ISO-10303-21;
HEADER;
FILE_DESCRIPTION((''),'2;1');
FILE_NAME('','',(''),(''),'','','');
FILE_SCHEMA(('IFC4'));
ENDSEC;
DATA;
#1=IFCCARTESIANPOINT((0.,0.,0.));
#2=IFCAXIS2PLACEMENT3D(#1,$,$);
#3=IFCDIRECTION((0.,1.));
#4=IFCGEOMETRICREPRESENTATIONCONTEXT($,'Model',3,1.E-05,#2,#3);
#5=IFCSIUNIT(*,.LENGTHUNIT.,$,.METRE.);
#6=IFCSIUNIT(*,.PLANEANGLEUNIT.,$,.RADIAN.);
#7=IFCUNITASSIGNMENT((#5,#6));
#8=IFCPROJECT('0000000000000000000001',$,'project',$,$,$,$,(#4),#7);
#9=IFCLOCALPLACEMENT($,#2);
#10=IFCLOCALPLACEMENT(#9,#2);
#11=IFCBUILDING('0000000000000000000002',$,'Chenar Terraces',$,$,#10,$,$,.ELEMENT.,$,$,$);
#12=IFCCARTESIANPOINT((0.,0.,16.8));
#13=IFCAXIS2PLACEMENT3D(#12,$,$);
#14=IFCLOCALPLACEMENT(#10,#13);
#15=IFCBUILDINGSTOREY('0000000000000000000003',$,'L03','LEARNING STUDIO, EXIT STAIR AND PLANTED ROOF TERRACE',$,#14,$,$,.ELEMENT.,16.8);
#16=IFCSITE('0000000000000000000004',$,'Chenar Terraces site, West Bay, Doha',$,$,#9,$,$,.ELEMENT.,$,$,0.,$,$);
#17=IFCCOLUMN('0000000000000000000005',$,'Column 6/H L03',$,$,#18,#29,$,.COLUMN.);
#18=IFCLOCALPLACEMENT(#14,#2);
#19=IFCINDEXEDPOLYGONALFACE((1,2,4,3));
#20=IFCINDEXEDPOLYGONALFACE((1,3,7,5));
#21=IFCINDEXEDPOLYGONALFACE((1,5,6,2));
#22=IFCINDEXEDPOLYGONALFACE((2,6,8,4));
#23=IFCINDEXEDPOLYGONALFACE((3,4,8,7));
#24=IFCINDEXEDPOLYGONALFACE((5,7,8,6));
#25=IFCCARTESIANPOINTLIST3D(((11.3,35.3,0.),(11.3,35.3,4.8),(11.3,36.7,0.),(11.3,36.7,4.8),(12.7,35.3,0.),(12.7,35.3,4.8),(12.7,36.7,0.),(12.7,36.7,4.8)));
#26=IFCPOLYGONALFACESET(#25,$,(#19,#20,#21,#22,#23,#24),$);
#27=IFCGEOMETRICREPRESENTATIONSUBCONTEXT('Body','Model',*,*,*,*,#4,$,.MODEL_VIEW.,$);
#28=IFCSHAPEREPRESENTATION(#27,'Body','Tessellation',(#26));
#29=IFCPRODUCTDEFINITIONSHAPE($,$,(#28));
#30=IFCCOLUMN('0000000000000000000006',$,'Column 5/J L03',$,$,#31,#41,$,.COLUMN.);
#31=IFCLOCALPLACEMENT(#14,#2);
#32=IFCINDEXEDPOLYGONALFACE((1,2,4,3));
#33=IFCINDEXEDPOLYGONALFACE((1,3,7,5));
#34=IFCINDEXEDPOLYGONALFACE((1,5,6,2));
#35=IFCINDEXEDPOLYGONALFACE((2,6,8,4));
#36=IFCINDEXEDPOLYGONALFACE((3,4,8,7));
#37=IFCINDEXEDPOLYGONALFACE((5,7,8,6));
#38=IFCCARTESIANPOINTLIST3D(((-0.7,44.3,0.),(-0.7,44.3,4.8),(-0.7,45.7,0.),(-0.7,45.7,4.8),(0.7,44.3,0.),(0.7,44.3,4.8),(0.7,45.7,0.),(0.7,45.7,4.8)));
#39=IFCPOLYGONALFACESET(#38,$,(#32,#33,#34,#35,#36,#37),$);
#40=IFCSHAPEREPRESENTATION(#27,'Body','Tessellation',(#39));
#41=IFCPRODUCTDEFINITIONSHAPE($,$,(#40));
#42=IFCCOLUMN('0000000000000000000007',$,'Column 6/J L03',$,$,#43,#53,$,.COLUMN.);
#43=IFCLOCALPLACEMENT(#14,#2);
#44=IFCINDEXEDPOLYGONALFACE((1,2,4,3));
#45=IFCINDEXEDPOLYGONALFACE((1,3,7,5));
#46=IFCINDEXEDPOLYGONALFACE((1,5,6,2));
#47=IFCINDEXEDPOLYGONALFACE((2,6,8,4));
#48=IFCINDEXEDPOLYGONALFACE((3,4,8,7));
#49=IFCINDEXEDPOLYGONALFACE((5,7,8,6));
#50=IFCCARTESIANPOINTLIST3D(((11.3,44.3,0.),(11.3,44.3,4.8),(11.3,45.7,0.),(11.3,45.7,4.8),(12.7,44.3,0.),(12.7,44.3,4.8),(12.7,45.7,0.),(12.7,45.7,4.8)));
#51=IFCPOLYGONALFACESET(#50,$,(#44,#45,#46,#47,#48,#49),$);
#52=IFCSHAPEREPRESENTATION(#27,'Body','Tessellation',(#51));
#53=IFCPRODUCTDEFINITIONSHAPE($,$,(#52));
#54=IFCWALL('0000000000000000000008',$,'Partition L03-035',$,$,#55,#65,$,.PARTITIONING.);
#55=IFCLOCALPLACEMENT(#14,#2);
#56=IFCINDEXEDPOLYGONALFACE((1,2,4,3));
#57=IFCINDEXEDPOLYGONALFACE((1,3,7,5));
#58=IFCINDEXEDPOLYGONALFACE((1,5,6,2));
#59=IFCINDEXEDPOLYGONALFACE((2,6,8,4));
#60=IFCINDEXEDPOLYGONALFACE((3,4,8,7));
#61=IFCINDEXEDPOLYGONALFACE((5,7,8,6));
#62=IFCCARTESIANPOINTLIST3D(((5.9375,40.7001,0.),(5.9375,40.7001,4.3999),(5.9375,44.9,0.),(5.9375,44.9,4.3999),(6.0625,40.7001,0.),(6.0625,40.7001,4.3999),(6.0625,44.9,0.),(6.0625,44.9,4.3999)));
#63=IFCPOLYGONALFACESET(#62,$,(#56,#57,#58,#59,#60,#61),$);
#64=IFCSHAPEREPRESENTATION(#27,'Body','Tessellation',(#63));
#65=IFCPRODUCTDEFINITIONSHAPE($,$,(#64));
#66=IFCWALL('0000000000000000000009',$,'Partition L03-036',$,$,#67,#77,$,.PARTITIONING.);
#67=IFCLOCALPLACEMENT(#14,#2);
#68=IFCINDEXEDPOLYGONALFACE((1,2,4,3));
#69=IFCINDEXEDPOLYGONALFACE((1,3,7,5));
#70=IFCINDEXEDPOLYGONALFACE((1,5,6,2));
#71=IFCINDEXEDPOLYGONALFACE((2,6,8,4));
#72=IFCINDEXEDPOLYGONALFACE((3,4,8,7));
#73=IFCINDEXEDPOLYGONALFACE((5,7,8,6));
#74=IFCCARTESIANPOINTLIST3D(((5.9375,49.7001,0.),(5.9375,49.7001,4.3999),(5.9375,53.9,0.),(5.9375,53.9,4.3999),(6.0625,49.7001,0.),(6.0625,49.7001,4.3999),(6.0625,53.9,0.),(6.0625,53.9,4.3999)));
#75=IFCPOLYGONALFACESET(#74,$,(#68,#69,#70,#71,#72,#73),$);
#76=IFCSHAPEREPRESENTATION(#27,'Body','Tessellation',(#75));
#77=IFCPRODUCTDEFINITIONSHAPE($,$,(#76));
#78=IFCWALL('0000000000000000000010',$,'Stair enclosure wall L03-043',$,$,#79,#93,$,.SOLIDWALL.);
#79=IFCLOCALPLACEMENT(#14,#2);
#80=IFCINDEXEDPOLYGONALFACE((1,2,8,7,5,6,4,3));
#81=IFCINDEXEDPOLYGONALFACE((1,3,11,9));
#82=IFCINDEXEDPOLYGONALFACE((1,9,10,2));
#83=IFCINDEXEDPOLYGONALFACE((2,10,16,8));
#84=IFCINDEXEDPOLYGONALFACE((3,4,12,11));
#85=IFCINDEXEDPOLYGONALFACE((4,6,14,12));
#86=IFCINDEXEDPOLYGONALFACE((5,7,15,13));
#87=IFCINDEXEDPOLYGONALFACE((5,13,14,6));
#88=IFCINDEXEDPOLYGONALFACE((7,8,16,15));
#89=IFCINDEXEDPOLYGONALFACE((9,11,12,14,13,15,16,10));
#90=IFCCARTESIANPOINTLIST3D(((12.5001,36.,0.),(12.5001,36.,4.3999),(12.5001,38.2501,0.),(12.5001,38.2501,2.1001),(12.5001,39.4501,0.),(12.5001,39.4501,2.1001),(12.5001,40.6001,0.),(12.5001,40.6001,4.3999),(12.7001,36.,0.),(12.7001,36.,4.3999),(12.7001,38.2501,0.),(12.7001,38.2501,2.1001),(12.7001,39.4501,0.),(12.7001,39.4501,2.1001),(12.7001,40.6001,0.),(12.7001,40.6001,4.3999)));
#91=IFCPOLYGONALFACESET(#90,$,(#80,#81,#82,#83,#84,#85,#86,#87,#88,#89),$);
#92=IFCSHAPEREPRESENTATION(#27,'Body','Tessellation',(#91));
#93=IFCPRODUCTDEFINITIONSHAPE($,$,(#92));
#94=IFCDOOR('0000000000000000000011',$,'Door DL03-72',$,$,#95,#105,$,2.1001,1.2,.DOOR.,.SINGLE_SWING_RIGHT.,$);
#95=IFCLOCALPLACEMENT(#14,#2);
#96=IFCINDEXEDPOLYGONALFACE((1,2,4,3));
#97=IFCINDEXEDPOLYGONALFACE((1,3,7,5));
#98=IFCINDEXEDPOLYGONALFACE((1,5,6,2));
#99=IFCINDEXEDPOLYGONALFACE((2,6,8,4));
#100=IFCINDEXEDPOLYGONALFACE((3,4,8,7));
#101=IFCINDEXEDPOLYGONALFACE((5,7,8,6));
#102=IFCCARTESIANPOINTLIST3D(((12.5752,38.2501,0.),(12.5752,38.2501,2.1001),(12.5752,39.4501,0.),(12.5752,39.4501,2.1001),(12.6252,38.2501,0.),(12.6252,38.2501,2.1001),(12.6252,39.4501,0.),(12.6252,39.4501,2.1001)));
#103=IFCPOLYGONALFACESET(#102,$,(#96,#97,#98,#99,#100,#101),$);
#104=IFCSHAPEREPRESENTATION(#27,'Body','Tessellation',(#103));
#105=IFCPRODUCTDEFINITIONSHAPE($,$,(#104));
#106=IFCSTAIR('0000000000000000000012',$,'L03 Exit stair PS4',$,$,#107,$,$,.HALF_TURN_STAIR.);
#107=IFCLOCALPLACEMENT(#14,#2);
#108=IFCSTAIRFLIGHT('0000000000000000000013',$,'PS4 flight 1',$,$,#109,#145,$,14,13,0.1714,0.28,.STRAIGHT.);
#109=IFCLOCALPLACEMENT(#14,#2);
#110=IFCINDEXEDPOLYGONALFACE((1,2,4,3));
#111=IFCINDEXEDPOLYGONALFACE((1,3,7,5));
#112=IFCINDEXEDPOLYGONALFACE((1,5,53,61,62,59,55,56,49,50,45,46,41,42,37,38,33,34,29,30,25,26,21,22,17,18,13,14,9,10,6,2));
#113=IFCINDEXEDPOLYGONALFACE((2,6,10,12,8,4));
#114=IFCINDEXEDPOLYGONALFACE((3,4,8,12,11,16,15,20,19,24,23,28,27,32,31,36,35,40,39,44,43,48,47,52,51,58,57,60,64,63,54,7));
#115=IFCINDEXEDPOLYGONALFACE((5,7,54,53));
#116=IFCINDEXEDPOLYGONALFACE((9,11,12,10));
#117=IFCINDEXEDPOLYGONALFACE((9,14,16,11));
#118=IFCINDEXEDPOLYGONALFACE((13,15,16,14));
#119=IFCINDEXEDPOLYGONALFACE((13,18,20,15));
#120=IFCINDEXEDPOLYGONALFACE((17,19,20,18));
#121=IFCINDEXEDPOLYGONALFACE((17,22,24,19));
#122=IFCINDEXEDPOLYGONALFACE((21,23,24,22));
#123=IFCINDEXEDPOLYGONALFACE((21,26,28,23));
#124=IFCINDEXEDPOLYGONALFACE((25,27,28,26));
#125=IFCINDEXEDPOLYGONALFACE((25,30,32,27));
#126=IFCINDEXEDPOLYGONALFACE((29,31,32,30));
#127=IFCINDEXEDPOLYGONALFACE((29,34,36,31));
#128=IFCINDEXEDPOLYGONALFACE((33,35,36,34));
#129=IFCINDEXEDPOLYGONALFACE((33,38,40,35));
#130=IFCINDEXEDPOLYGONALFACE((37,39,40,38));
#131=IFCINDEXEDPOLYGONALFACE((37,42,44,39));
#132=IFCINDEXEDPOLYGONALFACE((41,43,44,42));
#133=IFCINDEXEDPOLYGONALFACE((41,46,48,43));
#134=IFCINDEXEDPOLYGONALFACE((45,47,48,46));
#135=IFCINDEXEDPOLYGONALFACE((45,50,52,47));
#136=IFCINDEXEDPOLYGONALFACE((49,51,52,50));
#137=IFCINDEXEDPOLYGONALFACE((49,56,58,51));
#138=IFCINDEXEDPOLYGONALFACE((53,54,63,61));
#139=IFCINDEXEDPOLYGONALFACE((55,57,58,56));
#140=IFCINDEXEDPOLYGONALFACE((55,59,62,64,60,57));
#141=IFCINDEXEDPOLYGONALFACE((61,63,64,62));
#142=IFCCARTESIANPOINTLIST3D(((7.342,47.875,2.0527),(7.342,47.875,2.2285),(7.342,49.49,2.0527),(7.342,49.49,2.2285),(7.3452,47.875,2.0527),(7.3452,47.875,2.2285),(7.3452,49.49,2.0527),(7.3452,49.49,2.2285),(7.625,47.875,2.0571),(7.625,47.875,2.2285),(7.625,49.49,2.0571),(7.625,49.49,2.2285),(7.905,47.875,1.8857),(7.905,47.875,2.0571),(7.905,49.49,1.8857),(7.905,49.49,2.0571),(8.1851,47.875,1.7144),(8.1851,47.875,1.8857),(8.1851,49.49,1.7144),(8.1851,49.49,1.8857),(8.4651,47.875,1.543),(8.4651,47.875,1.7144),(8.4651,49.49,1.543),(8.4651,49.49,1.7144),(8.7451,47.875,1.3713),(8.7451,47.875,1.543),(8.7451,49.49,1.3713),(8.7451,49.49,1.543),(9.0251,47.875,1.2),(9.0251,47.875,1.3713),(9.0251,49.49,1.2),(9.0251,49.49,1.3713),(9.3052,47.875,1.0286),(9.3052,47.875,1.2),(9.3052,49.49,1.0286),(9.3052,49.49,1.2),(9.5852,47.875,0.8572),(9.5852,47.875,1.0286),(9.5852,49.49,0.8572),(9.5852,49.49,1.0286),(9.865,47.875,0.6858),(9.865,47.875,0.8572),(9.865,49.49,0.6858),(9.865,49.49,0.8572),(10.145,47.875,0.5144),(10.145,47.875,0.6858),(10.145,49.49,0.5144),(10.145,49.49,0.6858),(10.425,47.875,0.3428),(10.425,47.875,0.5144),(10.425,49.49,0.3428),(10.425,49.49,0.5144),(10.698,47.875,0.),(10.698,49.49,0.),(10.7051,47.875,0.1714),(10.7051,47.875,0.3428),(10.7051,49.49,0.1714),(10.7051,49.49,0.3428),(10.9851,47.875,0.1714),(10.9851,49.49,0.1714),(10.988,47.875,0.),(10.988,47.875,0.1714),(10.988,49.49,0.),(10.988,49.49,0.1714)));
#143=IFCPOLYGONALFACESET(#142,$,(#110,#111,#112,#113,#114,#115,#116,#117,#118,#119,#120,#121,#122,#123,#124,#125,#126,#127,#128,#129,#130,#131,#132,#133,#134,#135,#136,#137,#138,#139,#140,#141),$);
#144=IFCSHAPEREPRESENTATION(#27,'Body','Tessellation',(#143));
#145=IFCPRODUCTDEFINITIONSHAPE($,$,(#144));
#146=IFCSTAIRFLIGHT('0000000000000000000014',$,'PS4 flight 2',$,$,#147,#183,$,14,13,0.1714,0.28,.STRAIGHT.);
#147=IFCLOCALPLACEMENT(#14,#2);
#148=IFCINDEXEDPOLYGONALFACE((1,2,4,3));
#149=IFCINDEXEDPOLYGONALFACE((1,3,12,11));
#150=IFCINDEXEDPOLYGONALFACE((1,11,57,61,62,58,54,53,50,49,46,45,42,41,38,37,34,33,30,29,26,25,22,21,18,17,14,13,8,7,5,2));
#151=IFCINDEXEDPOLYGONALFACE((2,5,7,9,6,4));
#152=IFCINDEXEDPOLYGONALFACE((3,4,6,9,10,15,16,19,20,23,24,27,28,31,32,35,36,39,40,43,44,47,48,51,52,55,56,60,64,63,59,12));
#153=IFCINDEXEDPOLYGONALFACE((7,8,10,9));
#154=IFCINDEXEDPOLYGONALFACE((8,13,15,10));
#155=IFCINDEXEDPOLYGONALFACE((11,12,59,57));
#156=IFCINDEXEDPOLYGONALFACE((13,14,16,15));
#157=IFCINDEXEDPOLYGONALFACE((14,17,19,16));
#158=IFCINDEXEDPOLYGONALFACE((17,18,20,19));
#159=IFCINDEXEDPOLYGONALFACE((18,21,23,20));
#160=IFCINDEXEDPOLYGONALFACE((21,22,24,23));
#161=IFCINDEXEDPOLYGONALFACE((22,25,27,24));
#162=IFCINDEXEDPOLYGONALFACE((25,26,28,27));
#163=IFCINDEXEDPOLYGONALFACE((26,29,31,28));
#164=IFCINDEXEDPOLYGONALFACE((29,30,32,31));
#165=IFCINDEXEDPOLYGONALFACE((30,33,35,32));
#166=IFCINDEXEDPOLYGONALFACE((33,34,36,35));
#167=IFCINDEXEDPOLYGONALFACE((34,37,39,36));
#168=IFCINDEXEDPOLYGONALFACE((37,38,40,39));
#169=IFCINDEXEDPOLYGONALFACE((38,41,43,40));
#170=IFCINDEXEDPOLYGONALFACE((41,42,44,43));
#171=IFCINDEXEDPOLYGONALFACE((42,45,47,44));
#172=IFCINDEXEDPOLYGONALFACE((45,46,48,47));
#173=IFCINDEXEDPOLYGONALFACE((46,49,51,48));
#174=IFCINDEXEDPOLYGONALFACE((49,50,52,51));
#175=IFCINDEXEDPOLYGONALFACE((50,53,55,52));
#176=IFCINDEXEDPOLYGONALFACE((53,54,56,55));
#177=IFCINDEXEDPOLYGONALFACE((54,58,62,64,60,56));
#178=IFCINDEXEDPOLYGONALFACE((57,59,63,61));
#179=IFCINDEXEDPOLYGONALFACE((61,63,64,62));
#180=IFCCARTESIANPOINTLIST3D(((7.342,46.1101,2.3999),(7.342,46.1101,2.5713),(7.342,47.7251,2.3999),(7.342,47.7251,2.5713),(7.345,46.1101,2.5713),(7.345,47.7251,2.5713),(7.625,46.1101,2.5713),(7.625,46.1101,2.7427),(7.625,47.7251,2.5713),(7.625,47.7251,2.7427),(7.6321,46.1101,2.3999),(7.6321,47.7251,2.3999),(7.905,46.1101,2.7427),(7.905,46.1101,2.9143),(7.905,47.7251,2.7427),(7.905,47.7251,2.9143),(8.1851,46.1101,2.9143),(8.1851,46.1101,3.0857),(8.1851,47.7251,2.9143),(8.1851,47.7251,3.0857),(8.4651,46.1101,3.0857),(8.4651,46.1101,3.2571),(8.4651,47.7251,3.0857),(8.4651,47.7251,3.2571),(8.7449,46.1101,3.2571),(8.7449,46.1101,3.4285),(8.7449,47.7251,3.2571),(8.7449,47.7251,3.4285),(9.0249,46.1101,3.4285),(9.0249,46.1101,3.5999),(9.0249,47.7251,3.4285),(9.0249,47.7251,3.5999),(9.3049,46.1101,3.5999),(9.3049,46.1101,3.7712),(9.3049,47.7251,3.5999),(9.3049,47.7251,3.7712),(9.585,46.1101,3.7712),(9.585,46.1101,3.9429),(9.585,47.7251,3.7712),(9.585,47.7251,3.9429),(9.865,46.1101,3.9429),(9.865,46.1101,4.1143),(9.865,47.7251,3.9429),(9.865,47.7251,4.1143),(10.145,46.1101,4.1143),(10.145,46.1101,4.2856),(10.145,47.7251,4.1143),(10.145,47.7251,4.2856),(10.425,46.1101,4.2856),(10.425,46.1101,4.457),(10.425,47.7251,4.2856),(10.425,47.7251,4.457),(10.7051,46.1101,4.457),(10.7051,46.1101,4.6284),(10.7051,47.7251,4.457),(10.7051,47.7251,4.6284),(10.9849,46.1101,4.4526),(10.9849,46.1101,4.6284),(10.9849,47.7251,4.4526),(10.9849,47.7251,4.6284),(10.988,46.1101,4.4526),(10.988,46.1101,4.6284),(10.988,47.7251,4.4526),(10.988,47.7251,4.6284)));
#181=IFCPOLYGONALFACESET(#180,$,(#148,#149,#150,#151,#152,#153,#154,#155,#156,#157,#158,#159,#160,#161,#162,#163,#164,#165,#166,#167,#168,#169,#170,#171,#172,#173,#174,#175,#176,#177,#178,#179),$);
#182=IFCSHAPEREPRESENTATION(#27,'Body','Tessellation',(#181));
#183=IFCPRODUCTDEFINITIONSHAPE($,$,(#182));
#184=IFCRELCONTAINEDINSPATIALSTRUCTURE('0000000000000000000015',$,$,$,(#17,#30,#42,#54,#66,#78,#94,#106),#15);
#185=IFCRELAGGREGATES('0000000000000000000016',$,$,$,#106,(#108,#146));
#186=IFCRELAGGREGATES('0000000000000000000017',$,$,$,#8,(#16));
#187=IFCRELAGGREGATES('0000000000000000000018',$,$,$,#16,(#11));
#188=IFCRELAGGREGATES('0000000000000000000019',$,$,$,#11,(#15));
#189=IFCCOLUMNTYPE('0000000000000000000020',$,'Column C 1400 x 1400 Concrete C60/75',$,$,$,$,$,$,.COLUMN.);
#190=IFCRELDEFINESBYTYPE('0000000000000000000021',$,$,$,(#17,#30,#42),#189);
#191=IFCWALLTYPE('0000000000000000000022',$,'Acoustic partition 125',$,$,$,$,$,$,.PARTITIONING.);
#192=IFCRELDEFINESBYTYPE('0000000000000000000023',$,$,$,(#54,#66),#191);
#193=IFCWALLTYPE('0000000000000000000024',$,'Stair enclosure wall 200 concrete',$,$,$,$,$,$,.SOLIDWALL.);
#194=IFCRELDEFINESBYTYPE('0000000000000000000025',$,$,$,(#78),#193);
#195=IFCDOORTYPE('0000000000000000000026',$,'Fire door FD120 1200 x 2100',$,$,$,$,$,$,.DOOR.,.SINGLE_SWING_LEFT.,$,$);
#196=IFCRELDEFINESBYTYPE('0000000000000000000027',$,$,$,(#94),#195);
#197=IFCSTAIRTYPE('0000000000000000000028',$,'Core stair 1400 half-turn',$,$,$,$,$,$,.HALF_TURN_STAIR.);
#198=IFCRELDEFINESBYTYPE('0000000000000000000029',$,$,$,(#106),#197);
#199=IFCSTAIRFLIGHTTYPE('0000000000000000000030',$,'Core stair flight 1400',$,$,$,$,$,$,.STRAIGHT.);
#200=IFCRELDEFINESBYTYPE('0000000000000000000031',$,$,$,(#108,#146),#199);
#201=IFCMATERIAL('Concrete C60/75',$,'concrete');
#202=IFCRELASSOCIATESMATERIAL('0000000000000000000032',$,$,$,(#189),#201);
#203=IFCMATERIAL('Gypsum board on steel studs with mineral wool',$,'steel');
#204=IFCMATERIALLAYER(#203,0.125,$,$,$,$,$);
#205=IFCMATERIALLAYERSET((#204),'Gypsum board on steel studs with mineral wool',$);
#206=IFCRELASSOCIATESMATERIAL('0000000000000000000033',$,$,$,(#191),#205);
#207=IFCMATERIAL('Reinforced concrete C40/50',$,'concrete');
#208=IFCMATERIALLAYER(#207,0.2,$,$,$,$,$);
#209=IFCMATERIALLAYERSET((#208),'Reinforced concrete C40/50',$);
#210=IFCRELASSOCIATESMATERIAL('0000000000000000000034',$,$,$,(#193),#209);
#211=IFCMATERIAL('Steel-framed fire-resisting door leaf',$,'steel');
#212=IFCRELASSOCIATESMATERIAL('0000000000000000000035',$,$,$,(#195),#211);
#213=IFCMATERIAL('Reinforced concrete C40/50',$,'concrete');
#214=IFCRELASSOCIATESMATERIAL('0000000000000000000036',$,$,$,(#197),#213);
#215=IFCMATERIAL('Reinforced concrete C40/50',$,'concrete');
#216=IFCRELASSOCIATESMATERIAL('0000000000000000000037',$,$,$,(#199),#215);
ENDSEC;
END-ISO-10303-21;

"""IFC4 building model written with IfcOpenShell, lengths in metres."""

from ifc_helpers import new_model, si_unit, direction, frame, frame_2d, origin, origin_2d, place, context, subcontext, project, spatial, polyline, rectangle, outline, extrude, material, layer, layer_set, material_profile, profile_set, type_object, element, fill, aggregate, save


model = new_model("IFC4")

# Units and contexts
model_context = context("Model", 3, precision=1e-05, world=origin(), true_north=direction((0.0, 1.0)))
body_context = subcontext(model_context, "Body", "Model", "MODEL_VIEW")
ifc_project = project(units=[si_unit("LENGTHUNIT", "METRE"), si_unit("PLANEANGLEUNIT", "RADIAN")], contexts=[model_context])

# Site, building, storey
site_placement = place(None, origin())
site = spatial("IfcSite", under=ifc_project, at=site_placement, Name="Chenar Terraces site, West Bay, Doha", CompositionType="ELEMENT", RefElevation=0.0)
building_placement = place(site_placement, origin())
building = spatial("IfcBuilding", under=site, at=building_placement, Name="Chenar Terraces", CompositionType="ELEMENT")
storey_placement = place(building_placement, frame((0.0, 0.0, 16.8)))
storey = spatial("IfcBuildingStorey", under=building, at=storey_placement, Name="L03", Description="LEARNING STUDIO, EXIT STAIR AND PLANTED ROOF TERRACE", CompositionType="ELEMENT", Elevation=16.8)

# Columns
ifc_material_1 = material(Name="Concrete C60/75", Category="concrete")
ifc_material_profile = material_profile(ifc_material_1, rectangle(XDim=1.3999, YDim=1.3999, at=origin_2d()), Name="C 1400 x 1400")
ifc_profile_set = profile_set([ifc_material_profile], Name="Concrete C60/75")
column_type = type_object("IfcColumnType", Name="Column C 1400 x 1400 Concrete C60/75", PredefinedType="COLUMN", material=ifc_profile_set)
for number, where, z_axis, x_axis, name in (
    (1, (12.0, 36.0, 0.0), (0.0, 0.0, 1.0), (1.0, 0.0, 0.0), "Column 6/H L03"),
    (2, (0.0, 45.0, 0.0), (0.0, 0.0, 1.0), (1.0, 0.0, 0.0), "Column 5/J L03"),
    (3, (12.0, 45.0, 0.0), (0.0, 0.0, 1.0), (1.0, 0.0, 0.0), "Column 6/J L03"),
):
    element("IfcColumn", number, at=place(storey_placement, frame(where, z_axis=z_axis, x_axis=x_axis)), inside=storey, type_object=column_type, Name=name, PredefinedType="COLUMN", context=body_context, shape_type="SweptSolid", body=[
        extrude(rectangle(XDim=1.3999, YDim=1.3999, at=origin_2d()), origin(), (0.0, 0.0, 1.0), 4.8),
    ])

# Walls
ifc_material_2 = material(Name="Gypsum board on steel studs with mineral wool", Category="steel")
ifc_layer_1 = layer(ifc_material_2, 0.125)
ifc_layer_set_1 = layer_set([ifc_layer_1], Name="Gypsum board on steel studs with mineral wool")
wall_type_1 = type_object("IfcWallType", Name="Acoustic partition 125", PredefinedType="PARTITIONING", material=ifc_layer_set_1)
for number, where, z_axis, x_axis, name in (
    (4, (6.0, 40.7, 0.0), (0.0, 0.0, 1.0), (0.0, 1.0, 0.0), "Partition L03-035"),
    (5, (6.0, 49.7, 0.0), (0.0, 0.0, 1.0), (0.0, 1.0, 0.0), "Partition L03-036"),
):
    element("IfcWall", number, at=place(storey_placement, frame(where, z_axis=z_axis, x_axis=x_axis)), inside=storey, type_object=wall_type_1, Name=name, PredefinedType="PARTITIONING", context=body_context, shape_type="SweptSolid", body=[
        extrude(rectangle(XDim=4.2, YDim=0.125, at=frame_2d((2.1001, 0.0))), origin(), (0.0, 0.0, 1.0), 4.3999),
    ])

# Wall, opening, door
ifc_material_3 = material(Name="Reinforced concrete C40/50", Category="concrete")
ifc_layer_2 = layer(ifc_material_3, 0.2)
ifc_layer_set_2 = layer_set([ifc_layer_2], Name="Reinforced concrete C40/50")
wall_type_2 = type_object("IfcWallType", Name="Stair enclosure wall 200 concrete", PredefinedType="SOLIDWALL", material=ifc_layer_set_2)
wall_placement = place(storey_placement, frame((12.6001, 36.0, 0.0), z_axis=(0.0, 0.0, 1.0), x_axis=(0.0, 1.0, 0.0)))
wall = element("IfcWall", 6, at=wall_placement, inside=storey, type_object=wall_type_2, Name="Stair enclosure wall L03-043", PredefinedType="SOLIDWALL", context=body_context, shape_type="SweptSolid", body=[
    extrude(rectangle(XDim=4.6001, YDim=0.2, at=frame_2d((2.3, 0.0))), origin(), (0.0, 0.0, 1.0), 4.3999),
])
opening_placement = place(wall_placement, frame((2.25, 0.0, 0.0)))
opening = element("IfcOpeningElement", 7, at=opening_placement, cuts=wall, PredefinedType="OPENING", context=body_context, shape_type="SweptSolid", body=[
    extrude(rectangle(XDim=1.2, YDim=2.1001, at=frame_2d((0.6001, 1.05))), frame((0.0, 0.1099, 0.0), z_axis=(0.0, -1.0, 0.0), x_axis=(1.0, 0.0, 0.0)), (0.0, 0.0, 1.0), 0.22),
])
ifc_material_4 = material(Name="Steel-framed fire-resisting door leaf", Category="steel")
door_type = type_object("IfcDoorType", Name="Fire door FD120 1200 x 2100", OperationType="SINGLE_SWING_LEFT", PredefinedType="DOOR", material=ifc_material_4)
door_placement = place(opening_placement, origin())
door = element("IfcDoor", 8, at=door_placement, inside=storey, type_object=door_type, Name="Door DL03-72", OperationType="SINGLE_SWING_RIGHT", OverallHeight=2.1001, OverallWidth=1.2, PredefinedType="DOOR", context=body_context, shape_type="SweptSolid", body=[
    extrude(rectangle(XDim=1.2, YDim=2.1001, at=frame_2d((0.6001, 1.05))), frame((0.0, 0.0249, 0.0), z_axis=(0.0, -1.0, 0.0), x_axis=(1.0, 0.0, 0.0)), (0.0, 0.0, 1.0), 0.05),
])
fill(opening, door)

# Stair, stair flights
ifc_material_5 = material(Name="Reinforced concrete C40/50", Category="concrete")
stair_type = type_object("IfcStairType", Name="Core stair 1400 half-turn", PredefinedType="HALF_TURN_STAIR", material=ifc_material_5)
placement = place(storey_placement, origin())
stair_1 = element("IfcStair", 9, at=placement, inside=storey, type_object=stair_type, Name="L03 Exit stair PS4", PredefinedType="HALF_TURN_STAIR")
ifc_material_6 = material(Name="Reinforced concrete C40/50", Category="concrete")
stair_flight_type = type_object("IfcStairFlightType", Name="Core stair flight 1400", PredefinedType="STRAIGHT", material=ifc_material_6)
stair_flight_1_placement = place(storey_placement, frame((10.9851, 48.6826, 0.0), z_axis=(0.0, 0.0, 1.0), x_axis=(-1.0, 0.0, 0.0)))
stair_flight_1 = element("IfcStairFlight", 10, at=stair_flight_1_placement, type_object=stair_flight_type, Name="PS4 flight 1", NumberOfRisers=14, NumberOfTreads=13, PredefinedType="STRAIGHT", RiserHeight=0.1714, TreadLength=0.28, context=body_context, shape_type="SweptSolid", body=[
    extrude(outline(polyline([(-0.0029, 0.0), (-0.0029, 0.1714), (0.0, 0.1714), (0.28, 0.1714), (0.28, 0.3428), (0.5601, 0.3428), (0.5601, 0.5144), (0.8401, 0.5144), (0.8401, 0.6858), (1.1201, 0.6858), (1.1201, 0.8572), (1.3999, 0.8572), (1.3999, 1.0286), (1.6799, 1.0286), (1.6799, 1.2), (1.96, 1.2), (1.96, 1.3713), (2.24, 1.3713), (2.24, 1.543), (2.52, 1.543), (2.52, 1.7144), (2.8, 1.7144), (2.8, 1.8857), (3.0801, 1.8857), (3.0801, 2.0571), (3.3601, 2.0571), (3.3601, 2.2285), (3.6399, 2.2285), (3.6431, 2.2285), (3.6431, 2.0527), (3.6399, 2.0527), (0.2871, 0.0), (-0.0029, 0.0)])), frame((0.0, 0.8076, 0.0), z_axis=(0.0, -1.0, 0.0), x_axis=(1.0, 0.0, 0.0)), (0.0, 0.0, 1.0), 1.615),
])
stair_flight_2_placement = place(storey_placement, frame((7.345, 46.9175, 2.3999), z_axis=(0.0, 0.0, 1.0), x_axis=(1.0, 0.0, 0.0)))
stair_flight_2 = element("IfcStairFlight", 11, at=stair_flight_2_placement, type_object=stair_flight_type, Name="PS4 flight 2", NumberOfRisers=14, NumberOfTreads=13, PredefinedType="STRAIGHT", RiserHeight=0.1714, TreadLength=0.28, context=body_context, shape_type="SweptSolid", body=[
    extrude(outline(polyline([(-0.0029, 0.0), (-0.0029, 0.1714), (0.0, 0.1714), (0.28, 0.1714), (0.28, 0.3428), (0.5601, 0.3428), (0.5601, 0.5144), (0.8401, 0.5144), (0.8401, 0.6858), (1.1201, 0.6858), (1.1201, 0.8572), (1.3999, 0.8572), (1.3999, 1.0286), (1.6799, 1.0286), (1.6799, 1.2), (1.96, 1.2), (1.96, 1.3713), (2.24, 1.3713), (2.24, 1.543), (2.52, 1.543), (2.52, 1.7144), (2.8, 1.7144), (2.8, 1.8857), (3.0801, 1.8857), (3.0801, 2.0571), (3.3601, 2.0571), (3.3601, 2.2285), (3.6399, 2.2285), (3.6431, 2.2285), (3.6431, 2.0527), (3.6399, 2.0527), (0.2871, 0.0), (-0.0029, 0.0)])), frame((0.0, 0.8076, 0.0), z_axis=(0.0, -1.0, 0.0), x_axis=(1.0, 0.0, 0.0)), (0.0, 0.0, 1.0), 1.615),
])
aggregate(stair_1, [stair_flight_1, stair_flight_2])

save(model, "model.ifc")
